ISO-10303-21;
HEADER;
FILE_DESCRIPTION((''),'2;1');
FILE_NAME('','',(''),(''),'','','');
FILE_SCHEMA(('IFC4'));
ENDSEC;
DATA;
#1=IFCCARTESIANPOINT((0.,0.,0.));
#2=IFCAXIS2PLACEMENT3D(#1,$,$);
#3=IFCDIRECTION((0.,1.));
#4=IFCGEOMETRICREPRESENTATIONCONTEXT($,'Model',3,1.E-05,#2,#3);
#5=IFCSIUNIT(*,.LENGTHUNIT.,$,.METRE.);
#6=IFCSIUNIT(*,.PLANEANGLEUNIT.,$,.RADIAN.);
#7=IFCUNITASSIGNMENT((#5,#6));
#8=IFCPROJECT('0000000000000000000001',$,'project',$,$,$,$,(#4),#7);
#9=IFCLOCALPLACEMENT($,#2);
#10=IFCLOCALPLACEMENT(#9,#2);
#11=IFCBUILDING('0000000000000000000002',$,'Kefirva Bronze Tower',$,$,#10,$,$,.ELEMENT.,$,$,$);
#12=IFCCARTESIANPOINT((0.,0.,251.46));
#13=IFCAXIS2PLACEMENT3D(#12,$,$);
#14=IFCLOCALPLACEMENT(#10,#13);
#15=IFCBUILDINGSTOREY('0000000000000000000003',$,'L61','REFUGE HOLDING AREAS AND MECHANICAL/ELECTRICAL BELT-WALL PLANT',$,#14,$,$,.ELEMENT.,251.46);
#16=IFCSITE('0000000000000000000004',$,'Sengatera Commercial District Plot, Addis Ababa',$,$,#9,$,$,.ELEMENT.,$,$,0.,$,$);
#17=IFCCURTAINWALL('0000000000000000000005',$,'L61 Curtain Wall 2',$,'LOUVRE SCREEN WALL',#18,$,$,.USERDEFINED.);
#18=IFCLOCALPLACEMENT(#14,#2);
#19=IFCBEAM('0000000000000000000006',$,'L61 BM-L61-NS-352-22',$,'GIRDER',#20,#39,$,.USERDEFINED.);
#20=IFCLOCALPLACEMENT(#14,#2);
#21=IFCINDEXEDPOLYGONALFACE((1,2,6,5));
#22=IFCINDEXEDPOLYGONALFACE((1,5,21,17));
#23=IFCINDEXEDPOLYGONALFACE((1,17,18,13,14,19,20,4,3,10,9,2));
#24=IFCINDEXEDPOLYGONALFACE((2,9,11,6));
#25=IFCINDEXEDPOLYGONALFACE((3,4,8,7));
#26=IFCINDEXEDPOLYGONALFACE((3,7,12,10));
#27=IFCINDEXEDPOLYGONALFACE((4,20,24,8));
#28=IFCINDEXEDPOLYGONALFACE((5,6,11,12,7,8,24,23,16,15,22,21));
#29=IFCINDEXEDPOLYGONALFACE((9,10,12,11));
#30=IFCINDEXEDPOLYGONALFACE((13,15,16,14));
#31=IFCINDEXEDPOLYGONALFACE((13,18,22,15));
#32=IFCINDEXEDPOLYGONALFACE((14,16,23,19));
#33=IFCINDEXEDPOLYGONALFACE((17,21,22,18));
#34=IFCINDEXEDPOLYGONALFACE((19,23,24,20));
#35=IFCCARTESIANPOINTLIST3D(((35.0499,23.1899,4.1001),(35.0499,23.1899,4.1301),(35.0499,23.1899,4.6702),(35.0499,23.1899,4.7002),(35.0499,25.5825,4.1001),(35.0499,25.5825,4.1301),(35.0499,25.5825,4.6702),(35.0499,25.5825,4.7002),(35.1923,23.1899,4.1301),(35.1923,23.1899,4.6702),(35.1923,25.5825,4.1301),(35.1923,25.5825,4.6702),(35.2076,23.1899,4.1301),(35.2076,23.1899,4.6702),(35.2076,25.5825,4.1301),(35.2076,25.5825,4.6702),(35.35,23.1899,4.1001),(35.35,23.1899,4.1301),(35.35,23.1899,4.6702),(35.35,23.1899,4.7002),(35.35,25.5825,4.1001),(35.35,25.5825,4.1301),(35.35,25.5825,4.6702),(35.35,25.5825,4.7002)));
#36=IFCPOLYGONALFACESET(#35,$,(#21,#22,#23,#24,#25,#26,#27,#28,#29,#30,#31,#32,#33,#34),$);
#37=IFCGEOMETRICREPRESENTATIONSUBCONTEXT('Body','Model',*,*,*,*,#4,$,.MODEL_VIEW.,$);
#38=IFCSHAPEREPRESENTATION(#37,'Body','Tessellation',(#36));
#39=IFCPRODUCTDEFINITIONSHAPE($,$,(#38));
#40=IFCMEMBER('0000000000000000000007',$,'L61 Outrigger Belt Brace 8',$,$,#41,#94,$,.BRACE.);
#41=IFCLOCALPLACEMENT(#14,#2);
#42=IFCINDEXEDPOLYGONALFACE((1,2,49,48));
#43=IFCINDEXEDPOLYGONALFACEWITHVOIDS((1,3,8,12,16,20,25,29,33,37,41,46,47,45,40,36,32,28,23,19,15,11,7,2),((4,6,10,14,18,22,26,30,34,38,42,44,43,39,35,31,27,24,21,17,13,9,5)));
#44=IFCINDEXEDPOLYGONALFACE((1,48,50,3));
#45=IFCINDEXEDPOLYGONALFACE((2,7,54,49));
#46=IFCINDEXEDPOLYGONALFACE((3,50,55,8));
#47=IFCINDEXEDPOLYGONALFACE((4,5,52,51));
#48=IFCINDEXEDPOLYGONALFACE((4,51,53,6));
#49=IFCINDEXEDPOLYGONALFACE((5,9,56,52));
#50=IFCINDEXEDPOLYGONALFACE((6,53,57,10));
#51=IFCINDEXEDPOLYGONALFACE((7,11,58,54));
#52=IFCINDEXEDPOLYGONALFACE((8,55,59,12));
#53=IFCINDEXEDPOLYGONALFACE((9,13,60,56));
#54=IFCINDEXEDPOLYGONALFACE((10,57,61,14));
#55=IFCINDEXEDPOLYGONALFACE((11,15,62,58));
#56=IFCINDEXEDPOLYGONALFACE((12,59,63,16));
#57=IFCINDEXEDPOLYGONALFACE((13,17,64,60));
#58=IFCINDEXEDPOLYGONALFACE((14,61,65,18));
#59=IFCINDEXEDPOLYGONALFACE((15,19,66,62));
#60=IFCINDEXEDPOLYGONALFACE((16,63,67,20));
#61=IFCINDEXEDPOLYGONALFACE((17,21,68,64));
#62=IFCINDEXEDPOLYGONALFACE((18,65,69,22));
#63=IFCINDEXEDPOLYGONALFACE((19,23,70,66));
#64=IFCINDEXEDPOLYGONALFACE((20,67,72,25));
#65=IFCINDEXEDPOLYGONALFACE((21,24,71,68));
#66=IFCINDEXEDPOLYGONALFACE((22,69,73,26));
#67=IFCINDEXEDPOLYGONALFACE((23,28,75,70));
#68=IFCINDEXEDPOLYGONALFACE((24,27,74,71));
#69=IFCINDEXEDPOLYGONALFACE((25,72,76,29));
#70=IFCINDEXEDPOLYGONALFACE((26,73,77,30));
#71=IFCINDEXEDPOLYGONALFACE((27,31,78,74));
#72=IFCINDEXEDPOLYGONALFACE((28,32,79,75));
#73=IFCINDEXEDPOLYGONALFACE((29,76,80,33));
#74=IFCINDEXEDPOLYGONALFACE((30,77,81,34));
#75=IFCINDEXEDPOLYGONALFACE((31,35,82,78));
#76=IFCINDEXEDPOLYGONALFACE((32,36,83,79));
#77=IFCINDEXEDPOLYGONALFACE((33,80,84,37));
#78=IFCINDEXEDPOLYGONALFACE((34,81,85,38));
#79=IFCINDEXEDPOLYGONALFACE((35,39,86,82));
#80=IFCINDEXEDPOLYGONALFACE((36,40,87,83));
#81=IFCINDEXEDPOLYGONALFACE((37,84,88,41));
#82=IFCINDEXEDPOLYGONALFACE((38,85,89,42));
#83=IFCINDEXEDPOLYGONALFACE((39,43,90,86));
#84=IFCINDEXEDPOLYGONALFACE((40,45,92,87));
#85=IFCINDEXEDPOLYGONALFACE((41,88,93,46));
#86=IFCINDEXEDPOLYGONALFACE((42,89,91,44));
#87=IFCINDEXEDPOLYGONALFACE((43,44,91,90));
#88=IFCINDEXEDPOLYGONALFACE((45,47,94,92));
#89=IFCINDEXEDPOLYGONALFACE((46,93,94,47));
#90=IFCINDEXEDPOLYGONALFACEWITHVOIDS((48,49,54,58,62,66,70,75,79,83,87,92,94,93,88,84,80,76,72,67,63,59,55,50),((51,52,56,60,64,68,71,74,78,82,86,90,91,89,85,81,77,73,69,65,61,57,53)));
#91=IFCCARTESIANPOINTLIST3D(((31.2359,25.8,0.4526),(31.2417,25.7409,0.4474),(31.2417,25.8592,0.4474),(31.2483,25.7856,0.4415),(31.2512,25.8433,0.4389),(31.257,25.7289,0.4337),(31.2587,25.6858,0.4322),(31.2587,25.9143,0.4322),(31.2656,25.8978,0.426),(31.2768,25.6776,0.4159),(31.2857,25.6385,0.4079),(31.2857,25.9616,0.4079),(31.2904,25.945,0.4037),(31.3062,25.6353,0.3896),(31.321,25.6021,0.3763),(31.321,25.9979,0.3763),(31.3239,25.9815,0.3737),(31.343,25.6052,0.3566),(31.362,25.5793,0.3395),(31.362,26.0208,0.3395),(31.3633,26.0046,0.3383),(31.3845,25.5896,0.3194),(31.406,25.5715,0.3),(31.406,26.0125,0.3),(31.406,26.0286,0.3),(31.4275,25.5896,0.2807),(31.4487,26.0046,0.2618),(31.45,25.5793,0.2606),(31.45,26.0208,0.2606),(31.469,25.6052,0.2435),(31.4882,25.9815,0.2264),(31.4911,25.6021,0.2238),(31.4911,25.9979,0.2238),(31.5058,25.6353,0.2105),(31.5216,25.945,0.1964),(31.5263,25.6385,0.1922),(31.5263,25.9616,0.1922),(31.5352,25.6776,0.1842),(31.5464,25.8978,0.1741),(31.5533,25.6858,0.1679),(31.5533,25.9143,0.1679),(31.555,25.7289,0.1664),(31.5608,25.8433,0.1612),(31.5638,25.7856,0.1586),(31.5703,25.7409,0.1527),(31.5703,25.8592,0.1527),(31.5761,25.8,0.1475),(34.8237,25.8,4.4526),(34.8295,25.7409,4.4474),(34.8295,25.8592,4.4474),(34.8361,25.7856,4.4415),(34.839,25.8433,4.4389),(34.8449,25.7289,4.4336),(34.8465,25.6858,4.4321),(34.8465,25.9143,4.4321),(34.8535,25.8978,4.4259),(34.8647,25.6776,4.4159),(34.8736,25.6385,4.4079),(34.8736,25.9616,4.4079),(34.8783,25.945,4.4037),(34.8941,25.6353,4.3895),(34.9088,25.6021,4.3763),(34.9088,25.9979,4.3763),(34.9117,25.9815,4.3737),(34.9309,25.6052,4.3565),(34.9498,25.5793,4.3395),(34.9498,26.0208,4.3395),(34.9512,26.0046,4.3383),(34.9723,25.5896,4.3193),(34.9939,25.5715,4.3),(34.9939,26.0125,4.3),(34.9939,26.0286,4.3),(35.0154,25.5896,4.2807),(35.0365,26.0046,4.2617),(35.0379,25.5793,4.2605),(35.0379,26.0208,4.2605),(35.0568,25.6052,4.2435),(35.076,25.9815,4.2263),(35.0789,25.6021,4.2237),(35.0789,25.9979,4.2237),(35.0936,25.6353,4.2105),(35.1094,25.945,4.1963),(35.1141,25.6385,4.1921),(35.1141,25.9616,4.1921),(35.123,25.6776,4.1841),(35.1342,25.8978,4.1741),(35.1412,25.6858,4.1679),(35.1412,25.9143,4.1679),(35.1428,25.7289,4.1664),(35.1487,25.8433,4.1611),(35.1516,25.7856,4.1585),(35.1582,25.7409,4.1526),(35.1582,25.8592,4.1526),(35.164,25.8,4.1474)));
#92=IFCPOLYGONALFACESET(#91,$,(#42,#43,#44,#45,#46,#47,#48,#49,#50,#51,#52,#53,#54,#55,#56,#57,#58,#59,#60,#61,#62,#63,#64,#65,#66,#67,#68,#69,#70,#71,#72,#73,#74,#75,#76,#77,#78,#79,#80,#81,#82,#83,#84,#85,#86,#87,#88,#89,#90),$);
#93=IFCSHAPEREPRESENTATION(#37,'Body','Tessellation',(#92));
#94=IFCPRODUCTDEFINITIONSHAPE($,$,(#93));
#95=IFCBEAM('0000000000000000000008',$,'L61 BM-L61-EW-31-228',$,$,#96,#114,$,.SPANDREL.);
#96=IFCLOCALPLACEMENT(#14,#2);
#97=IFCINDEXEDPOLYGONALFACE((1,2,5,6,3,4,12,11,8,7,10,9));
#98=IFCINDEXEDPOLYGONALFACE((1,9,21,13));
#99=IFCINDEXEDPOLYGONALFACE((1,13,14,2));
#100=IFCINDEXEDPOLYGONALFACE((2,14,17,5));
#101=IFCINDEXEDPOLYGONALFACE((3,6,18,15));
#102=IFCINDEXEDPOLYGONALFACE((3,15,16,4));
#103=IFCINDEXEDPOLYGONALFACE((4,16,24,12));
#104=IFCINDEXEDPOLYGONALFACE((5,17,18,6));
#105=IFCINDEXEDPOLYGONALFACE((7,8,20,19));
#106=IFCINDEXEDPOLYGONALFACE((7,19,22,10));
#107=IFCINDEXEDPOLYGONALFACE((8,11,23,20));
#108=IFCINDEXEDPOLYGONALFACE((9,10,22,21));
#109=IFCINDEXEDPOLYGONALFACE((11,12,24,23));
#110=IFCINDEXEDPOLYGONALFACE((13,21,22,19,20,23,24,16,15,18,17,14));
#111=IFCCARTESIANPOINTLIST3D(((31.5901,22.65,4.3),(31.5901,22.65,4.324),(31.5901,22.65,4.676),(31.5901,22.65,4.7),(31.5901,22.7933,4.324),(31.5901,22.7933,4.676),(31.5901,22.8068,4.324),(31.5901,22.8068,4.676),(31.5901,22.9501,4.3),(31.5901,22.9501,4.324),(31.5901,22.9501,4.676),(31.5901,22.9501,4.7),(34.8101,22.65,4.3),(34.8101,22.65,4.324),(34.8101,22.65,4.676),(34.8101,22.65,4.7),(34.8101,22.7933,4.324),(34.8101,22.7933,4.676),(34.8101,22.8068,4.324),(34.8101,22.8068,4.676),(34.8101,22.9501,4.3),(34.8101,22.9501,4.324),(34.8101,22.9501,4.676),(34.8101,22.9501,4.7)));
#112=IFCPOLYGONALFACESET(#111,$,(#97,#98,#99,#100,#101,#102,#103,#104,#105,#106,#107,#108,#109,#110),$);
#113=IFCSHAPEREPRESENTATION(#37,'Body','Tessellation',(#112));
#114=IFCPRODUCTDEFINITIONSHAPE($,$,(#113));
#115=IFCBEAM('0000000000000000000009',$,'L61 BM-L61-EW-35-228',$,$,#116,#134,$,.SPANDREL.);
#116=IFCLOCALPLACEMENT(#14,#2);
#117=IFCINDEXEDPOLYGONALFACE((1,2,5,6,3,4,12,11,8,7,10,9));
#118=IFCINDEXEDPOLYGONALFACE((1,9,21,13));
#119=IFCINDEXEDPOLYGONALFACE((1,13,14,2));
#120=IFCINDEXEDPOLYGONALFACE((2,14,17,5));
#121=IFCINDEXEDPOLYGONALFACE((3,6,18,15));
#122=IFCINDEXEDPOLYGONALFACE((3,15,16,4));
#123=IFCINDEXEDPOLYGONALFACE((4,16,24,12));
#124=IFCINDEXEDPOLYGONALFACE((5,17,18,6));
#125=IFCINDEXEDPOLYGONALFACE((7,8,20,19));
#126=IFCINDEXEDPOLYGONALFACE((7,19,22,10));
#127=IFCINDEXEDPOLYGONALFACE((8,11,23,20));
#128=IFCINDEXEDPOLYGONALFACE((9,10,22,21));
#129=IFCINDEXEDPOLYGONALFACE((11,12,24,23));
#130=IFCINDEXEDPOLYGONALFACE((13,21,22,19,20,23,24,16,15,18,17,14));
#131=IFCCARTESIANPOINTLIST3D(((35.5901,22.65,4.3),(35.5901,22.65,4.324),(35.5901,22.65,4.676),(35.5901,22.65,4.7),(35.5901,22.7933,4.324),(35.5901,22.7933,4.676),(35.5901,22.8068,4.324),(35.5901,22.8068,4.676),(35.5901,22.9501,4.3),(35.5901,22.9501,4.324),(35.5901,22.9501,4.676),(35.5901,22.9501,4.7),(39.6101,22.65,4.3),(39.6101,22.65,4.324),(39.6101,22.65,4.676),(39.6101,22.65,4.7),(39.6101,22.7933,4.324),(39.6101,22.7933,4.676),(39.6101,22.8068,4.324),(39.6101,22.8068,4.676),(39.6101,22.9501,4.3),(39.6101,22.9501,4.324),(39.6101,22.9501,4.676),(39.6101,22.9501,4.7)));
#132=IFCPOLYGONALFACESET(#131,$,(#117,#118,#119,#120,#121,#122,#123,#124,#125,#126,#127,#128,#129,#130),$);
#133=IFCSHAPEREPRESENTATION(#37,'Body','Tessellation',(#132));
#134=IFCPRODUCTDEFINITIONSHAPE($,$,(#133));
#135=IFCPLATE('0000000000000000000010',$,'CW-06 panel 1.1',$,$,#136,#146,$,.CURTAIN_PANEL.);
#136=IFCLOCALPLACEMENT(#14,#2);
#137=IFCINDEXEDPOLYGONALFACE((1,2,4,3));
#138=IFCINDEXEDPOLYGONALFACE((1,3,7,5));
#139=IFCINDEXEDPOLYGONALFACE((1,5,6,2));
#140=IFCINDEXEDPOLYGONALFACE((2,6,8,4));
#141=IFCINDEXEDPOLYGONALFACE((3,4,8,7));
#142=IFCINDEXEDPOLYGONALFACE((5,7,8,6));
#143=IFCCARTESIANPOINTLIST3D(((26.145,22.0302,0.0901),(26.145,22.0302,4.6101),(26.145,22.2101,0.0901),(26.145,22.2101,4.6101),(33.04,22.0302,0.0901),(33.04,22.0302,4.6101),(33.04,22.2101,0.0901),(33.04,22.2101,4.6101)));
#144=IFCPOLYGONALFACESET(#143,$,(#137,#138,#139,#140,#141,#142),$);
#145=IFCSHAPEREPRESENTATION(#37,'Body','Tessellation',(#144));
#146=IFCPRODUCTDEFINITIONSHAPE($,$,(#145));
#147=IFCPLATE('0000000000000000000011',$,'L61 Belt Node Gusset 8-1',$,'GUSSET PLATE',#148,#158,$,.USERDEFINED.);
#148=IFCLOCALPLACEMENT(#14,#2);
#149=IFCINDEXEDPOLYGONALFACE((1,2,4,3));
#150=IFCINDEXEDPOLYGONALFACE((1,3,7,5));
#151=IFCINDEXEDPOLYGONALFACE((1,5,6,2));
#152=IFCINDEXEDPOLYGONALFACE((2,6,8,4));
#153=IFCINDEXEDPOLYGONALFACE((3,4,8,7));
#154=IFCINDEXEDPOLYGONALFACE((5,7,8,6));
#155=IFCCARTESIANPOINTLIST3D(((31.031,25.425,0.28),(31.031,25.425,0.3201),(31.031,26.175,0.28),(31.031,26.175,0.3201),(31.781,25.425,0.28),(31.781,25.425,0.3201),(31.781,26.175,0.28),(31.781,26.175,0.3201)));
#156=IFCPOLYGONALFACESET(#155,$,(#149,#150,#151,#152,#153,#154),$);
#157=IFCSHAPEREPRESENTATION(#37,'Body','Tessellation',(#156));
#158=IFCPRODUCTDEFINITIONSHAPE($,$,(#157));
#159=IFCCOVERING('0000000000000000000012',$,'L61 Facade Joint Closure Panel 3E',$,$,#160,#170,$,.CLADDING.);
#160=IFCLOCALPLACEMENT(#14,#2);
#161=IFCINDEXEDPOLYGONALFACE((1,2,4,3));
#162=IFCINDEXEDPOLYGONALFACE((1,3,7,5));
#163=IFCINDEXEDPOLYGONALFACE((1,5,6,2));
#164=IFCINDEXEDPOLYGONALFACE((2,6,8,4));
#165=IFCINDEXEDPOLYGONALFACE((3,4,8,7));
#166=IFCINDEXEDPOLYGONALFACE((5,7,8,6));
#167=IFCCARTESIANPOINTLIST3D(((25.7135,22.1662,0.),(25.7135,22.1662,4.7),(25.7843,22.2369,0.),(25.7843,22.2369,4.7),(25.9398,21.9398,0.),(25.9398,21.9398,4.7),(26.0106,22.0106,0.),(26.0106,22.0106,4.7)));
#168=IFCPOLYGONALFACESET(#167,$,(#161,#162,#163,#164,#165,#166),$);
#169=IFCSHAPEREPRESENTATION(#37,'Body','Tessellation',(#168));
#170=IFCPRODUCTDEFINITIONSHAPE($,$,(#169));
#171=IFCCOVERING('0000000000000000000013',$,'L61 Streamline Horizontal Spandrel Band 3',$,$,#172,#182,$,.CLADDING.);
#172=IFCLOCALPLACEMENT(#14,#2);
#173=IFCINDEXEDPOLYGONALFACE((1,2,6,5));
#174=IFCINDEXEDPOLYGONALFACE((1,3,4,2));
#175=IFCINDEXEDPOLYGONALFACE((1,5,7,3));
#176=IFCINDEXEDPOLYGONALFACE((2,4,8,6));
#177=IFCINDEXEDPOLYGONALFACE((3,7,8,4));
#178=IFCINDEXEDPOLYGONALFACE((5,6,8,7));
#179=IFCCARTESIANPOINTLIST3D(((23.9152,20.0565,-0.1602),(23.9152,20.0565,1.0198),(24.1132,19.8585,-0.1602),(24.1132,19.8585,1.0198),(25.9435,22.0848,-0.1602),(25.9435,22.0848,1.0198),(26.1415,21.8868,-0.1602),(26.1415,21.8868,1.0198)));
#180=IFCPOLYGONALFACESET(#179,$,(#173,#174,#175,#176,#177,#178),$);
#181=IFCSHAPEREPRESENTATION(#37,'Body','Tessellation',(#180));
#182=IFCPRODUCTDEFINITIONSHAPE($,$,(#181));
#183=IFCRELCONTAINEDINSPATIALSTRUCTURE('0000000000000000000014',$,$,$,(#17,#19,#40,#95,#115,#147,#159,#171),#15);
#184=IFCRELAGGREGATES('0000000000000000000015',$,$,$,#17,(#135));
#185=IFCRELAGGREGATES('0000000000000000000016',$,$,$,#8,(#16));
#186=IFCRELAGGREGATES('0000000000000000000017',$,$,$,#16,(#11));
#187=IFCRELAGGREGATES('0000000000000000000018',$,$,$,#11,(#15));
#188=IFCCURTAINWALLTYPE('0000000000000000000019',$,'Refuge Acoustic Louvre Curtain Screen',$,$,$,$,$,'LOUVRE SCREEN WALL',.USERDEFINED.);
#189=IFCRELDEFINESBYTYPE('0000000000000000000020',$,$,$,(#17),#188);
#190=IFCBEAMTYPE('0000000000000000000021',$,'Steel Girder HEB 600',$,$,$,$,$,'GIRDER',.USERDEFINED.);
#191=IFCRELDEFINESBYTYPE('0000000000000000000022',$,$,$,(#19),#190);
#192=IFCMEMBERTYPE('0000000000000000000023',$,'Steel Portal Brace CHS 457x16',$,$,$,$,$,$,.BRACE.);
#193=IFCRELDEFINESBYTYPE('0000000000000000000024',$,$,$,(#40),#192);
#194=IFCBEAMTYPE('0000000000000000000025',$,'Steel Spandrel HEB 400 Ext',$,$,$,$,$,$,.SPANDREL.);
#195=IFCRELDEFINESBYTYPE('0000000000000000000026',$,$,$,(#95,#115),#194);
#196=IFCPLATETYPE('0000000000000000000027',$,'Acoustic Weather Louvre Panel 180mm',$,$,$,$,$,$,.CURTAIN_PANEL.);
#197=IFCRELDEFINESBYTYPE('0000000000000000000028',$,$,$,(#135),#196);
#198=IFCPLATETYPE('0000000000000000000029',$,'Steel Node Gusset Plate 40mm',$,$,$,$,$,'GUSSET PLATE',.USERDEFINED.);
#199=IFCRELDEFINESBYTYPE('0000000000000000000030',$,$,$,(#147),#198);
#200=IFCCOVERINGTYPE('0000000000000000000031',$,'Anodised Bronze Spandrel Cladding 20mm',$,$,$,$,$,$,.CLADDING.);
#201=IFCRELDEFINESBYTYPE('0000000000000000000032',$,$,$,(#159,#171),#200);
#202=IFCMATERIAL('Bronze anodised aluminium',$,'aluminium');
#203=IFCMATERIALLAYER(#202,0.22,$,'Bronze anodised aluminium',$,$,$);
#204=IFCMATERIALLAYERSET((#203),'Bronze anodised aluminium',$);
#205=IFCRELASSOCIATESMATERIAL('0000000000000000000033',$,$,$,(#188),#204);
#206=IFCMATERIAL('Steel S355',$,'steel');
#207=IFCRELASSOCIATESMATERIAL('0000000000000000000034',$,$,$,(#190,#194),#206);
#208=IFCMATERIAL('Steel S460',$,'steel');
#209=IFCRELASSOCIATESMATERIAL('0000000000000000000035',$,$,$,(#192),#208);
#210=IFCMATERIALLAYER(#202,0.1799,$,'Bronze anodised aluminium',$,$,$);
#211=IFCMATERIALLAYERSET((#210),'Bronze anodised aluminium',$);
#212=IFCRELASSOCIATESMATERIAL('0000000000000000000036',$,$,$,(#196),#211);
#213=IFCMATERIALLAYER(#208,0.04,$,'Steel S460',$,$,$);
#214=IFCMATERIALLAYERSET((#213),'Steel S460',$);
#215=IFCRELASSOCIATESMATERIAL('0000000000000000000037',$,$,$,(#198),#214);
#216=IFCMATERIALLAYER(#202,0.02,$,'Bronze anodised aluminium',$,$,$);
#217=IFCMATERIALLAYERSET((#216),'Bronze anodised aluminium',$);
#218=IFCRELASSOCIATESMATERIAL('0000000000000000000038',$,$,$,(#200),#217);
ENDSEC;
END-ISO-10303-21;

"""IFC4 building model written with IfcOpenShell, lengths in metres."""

from ifc_helpers import new_model, si_unit, direction, frame, origin, origin_2d, place, context, subcontext, project, spatial, rectangle, hollow_circle, i_section, extrude, material, layer, layer_set, material_profile, profile_set, type_object, element, aggregate, save


model = new_model("IFC4")

# Units and contexts
model_context = context("Model", 3, precision=1e-05, world=origin(), true_north=direction((0.0, 1.0)))
body_context = subcontext(model_context, "Body", "Model", "MODEL_VIEW")
ifc_project = project(units=[si_unit("LENGTHUNIT", "METRE"), si_unit("PLANEANGLEUNIT", "RADIAN")], contexts=[model_context])

# Site, building, storey
site_placement = place(None, origin())
site = spatial("IfcSite", under=ifc_project, at=site_placement, Name="Sengatera Commercial District Plot, Addis Ababa", CompositionType="ELEMENT", RefElevation=0.0)
building_placement = place(site_placement, origin())
building = spatial("IfcBuilding", under=site, at=building_placement, Name="Kefirva Bronze Tower", CompositionType="ELEMENT")
storey_placement = place(building_placement, frame((0.0, 0.0, 251.46)))
storey = spatial("IfcBuildingStorey", under=building, at=storey_placement, Name="L61", Description="REFUGE HOLDING AREAS AND MECHANICAL/ELECTRICAL BELT-WALL PLANT", CompositionType="ELEMENT", Elevation=251.46)

# Shared definitions
ifc_material_1 = material(Name="Steel S460", Category="steel")

# Curtain wall
ifc_material_2 = material(Name="Bronze anodised aluminium", Category="aluminium")
ifc_layer_1 = layer(ifc_material_2, 0.22, Name="Bronze anodised aluminium")
ifc_layer_set_1 = layer_set([ifc_layer_1], Name="Bronze anodised aluminium")
curtain_wall_type = type_object("IfcCurtainWallType", Name="Refuge Acoustic Louvre Curtain Screen", ElementType="LOUVRE SCREEN WALL", PredefinedType="USERDEFINED", material=ifc_layer_set_1)
curtain_wall_placement = place(storey_placement, origin())
curtain_wall = element("IfcCurtainWall", 1, at=curtain_wall_placement, inside=storey, type_object=curtain_wall_type, Name="L61 Curtain Wall 2", ObjectType="LOUVRE SCREEN WALL", PredefinedType="USERDEFINED")

# Beam
ifc_material_3 = material(Name="Steel S355", Category="steel")
ifc_material_profile_1 = material_profile(ifc_material_3, i_section(OverallWidth=0.3, OverallDepth=0.6001, WebThickness=0.0154, FlangeThickness=0.03, at=origin_2d()), Name="HEB 600")
ifc_profile_set_1 = profile_set([ifc_material_profile_1], Name="Steel S355")
beam_type_1 = type_object("IfcBeamType", Name="Steel Girder HEB 600", ElementType="GIRDER", PredefinedType="USERDEFINED", material=ifc_profile_set_1)
for number, where, z_axis, x_axis, name in (
    (2, (35.2, 23.1899, 4.4001), (0.0, 1.0, 0.0), (-1.0, 0.0, 0.0), "L61 BM-L61-NS-352-22"),
):
    element("IfcBeam", number, at=place(storey_placement, frame(where, z_axis=z_axis, x_axis=x_axis)), inside=storey, type_object=beam_type_1, Name=name, ObjectType="GIRDER", PredefinedType="USERDEFINED", context=body_context, shape_type="SweptSolid", body=[
        extrude(i_section(OverallWidth=0.3, OverallDepth=0.6001, WebThickness=0.0154, FlangeThickness=0.03, at=origin_2d()), origin(), (0.0, 0.0, 1.0), 2.3926),
    ])

# Member
ifc_material_profile_2 = material_profile(ifc_material_1, hollow_circle(Radius=0.2285, WallThickness=0.0161, at=origin_2d()), Name="CHS 457x16")
ifc_profile_set_2 = profile_set([ifc_material_profile_2], Name="Steel S460")
member_type_1 = type_object("IfcMemberType", Name="Steel Portal Brace CHS 457x16", PredefinedType="BRACE", material=ifc_profile_set_2)
member_1_placement = place(storey_placement, frame((31.406, 25.8, 0.3), z_axis=(0.667719, 0.0, 0.744414), x_axis=(0.0, 1.0, 0.0)))
element("IfcMember", 3, at=member_1_placement, inside=storey, type_object=member_type_1, Name="L61 Outrigger Belt Brace 8", PredefinedType="BRACE", context=body_context, shape_type="SweptSolid", body=[
    extrude(hollow_circle(Radius=0.2285, WallThickness=0.0161, at=origin_2d()), origin(), (0.0, 0.0, 1.0), 5.3733),
])

# Beams
ifc_material_profile_3 = material_profile(ifc_material_3, i_section(OverallWidth=0.3, OverallDepth=0.3999, WebThickness=0.0134, FlangeThickness=0.0239, at=origin_2d()), Name="HEB 400")
ifc_profile_set_3 = profile_set([ifc_material_profile_3], Name="Steel S355")
beam_type_2 = type_object("IfcBeamType", Name="Steel Spandrel HEB 400 Ext", PredefinedType="SPANDREL", material=ifc_profile_set_3)
beam_1_placement = place(storey_placement, frame((31.5901, 22.8, 4.5), z_axis=(1.0, 0.0, 0.0), x_axis=(0.0, 1.0, 0.0)))
element("IfcBeam", 4, at=beam_1_placement, inside=storey, type_object=beam_type_2, Name="L61 BM-L61-EW-31-228", PredefinedType="SPANDREL", context=body_context, shape_type="SweptSolid", body=[
    extrude(i_section(OverallWidth=0.3, OverallDepth=0.3999, WebThickness=0.0134, FlangeThickness=0.0239, at=origin_2d()), origin(), (0.0, 0.0, 1.0), 3.22),
])
beam_2_placement = place(storey_placement, frame((35.5901, 22.8, 4.5), z_axis=(1.0, 0.0, 0.0), x_axis=(0.0, 1.0, 0.0)))
element("IfcBeam", 5, at=beam_2_placement, inside=storey, type_object=beam_type_2, Name="L61 BM-L61-EW-35-228", PredefinedType="SPANDREL", context=body_context, shape_type="SweptSolid", body=[
    extrude(i_section(OverallWidth=0.3, OverallDepth=0.3999, WebThickness=0.0134, FlangeThickness=0.0239, at=origin_2d()), origin(), (0.0, 0.0, 1.0), 4.02),
])

# Plates
ifc_layer_2 = layer(ifc_material_2, 0.1799, Name="Bronze anodised aluminium")
ifc_layer_set_2 = layer_set([ifc_layer_2], Name="Bronze anodised aluminium")
plate_type_1 = type_object("IfcPlateType", Name="Acoustic Weather Louvre Panel 180mm", PredefinedType="CURTAIN_PANEL", material=ifc_layer_set_2)
plate_1_placement = place(storey_placement, frame((29.5925, 22.1201, 0.0901), z_axis=(0.0, 0.0, 1.0), x_axis=(1.0, 0.0, 0.0)))
plate_1 = element("IfcPlate", 6, at=plate_1_placement, type_object=plate_type_1, Name="CW-06 panel 1.1", PredefinedType="CURTAIN_PANEL", context=body_context, shape_type="SweptSolid", body=[
    extrude(rectangle(XDim=6.895, YDim=0.1799, at=origin_2d()), origin(), (0.0, 0.0, 1.0), 4.52),
])
aggregate(curtain_wall, [plate_1])
ifc_layer_3 = layer(ifc_material_1, 0.04, Name="Steel S460")
ifc_layer_set_3 = layer_set([ifc_layer_3], Name="Steel S460")
plate_type_2 = type_object("IfcPlateType", Name="Steel Node Gusset Plate 40mm", ElementType="GUSSET PLATE", PredefinedType="USERDEFINED", material=ifc_layer_set_3)
plate_2_placement = place(storey_placement, frame((31.406, 25.8, 0.28), z_axis=(0.0, 0.0, 1.0), x_axis=(1.0, 0.0, 0.0)))
element("IfcPlate", 7, at=plate_2_placement, inside=storey, type_object=plate_type_2, Name="L61 Belt Node Gusset 8-1", ObjectType="GUSSET PLATE", PredefinedType="USERDEFINED", context=body_context, shape_type="SweptSolid", body=[
    extrude(rectangle(XDim=0.75, YDim=0.75, at=origin_2d()), origin(), (0.0, 0.0, 1.0), 0.04),
])

# Coverings
ifc_layer_4 = layer(ifc_material_2, 0.02, Name="Bronze anodised aluminium")
ifc_layer_set_4 = layer_set([ifc_layer_4], Name="Bronze anodised aluminium")
covering_type_1 = type_object("IfcCoveringType", Name="Anodised Bronze Spandrel Cladding 20mm", PredefinedType="CLADDING", material=ifc_layer_set_4)
covering_1_placement = place(storey_placement, frame((25.8621, 22.0884, 0.0), z_axis=(0.0, 0.0, 1.0), x_axis=(0.707107, 0.707107, 0.0)))
element("IfcCovering", 8, at=covering_1_placement, inside=storey, type_object=covering_type_1, Name="L61 Facade Joint Closure Panel 3E", PredefinedType="CLADDING", context=body_context, shape_type="SweptSolid", body=[
    extrude(rectangle(XDim=0.1001, YDim=0.3201, at=origin_2d()), origin(), (0.0, 0.0, 1.0), 4.7),
])
covering_2_placement = place(storey_placement, frame((25.0283, 20.9717, -0.1602), z_axis=(0.0, 0.0, 1.0), x_axis=(0.707107, 0.707107, 0.0)))
element("IfcCovering", 9, at=covering_2_placement, inside=storey, type_object=covering_type_1, Name="L61 Streamline Horizontal Spandrel Band 3", PredefinedType="CLADDING", context=body_context, shape_type="SweptSolid", body=[
    extrude(rectangle(XDim=2.8684, YDim=0.28, at=origin_2d()), origin(), (0.0, 0.0, 1.0), 1.1799),
])

save(model, "model.ifc")
